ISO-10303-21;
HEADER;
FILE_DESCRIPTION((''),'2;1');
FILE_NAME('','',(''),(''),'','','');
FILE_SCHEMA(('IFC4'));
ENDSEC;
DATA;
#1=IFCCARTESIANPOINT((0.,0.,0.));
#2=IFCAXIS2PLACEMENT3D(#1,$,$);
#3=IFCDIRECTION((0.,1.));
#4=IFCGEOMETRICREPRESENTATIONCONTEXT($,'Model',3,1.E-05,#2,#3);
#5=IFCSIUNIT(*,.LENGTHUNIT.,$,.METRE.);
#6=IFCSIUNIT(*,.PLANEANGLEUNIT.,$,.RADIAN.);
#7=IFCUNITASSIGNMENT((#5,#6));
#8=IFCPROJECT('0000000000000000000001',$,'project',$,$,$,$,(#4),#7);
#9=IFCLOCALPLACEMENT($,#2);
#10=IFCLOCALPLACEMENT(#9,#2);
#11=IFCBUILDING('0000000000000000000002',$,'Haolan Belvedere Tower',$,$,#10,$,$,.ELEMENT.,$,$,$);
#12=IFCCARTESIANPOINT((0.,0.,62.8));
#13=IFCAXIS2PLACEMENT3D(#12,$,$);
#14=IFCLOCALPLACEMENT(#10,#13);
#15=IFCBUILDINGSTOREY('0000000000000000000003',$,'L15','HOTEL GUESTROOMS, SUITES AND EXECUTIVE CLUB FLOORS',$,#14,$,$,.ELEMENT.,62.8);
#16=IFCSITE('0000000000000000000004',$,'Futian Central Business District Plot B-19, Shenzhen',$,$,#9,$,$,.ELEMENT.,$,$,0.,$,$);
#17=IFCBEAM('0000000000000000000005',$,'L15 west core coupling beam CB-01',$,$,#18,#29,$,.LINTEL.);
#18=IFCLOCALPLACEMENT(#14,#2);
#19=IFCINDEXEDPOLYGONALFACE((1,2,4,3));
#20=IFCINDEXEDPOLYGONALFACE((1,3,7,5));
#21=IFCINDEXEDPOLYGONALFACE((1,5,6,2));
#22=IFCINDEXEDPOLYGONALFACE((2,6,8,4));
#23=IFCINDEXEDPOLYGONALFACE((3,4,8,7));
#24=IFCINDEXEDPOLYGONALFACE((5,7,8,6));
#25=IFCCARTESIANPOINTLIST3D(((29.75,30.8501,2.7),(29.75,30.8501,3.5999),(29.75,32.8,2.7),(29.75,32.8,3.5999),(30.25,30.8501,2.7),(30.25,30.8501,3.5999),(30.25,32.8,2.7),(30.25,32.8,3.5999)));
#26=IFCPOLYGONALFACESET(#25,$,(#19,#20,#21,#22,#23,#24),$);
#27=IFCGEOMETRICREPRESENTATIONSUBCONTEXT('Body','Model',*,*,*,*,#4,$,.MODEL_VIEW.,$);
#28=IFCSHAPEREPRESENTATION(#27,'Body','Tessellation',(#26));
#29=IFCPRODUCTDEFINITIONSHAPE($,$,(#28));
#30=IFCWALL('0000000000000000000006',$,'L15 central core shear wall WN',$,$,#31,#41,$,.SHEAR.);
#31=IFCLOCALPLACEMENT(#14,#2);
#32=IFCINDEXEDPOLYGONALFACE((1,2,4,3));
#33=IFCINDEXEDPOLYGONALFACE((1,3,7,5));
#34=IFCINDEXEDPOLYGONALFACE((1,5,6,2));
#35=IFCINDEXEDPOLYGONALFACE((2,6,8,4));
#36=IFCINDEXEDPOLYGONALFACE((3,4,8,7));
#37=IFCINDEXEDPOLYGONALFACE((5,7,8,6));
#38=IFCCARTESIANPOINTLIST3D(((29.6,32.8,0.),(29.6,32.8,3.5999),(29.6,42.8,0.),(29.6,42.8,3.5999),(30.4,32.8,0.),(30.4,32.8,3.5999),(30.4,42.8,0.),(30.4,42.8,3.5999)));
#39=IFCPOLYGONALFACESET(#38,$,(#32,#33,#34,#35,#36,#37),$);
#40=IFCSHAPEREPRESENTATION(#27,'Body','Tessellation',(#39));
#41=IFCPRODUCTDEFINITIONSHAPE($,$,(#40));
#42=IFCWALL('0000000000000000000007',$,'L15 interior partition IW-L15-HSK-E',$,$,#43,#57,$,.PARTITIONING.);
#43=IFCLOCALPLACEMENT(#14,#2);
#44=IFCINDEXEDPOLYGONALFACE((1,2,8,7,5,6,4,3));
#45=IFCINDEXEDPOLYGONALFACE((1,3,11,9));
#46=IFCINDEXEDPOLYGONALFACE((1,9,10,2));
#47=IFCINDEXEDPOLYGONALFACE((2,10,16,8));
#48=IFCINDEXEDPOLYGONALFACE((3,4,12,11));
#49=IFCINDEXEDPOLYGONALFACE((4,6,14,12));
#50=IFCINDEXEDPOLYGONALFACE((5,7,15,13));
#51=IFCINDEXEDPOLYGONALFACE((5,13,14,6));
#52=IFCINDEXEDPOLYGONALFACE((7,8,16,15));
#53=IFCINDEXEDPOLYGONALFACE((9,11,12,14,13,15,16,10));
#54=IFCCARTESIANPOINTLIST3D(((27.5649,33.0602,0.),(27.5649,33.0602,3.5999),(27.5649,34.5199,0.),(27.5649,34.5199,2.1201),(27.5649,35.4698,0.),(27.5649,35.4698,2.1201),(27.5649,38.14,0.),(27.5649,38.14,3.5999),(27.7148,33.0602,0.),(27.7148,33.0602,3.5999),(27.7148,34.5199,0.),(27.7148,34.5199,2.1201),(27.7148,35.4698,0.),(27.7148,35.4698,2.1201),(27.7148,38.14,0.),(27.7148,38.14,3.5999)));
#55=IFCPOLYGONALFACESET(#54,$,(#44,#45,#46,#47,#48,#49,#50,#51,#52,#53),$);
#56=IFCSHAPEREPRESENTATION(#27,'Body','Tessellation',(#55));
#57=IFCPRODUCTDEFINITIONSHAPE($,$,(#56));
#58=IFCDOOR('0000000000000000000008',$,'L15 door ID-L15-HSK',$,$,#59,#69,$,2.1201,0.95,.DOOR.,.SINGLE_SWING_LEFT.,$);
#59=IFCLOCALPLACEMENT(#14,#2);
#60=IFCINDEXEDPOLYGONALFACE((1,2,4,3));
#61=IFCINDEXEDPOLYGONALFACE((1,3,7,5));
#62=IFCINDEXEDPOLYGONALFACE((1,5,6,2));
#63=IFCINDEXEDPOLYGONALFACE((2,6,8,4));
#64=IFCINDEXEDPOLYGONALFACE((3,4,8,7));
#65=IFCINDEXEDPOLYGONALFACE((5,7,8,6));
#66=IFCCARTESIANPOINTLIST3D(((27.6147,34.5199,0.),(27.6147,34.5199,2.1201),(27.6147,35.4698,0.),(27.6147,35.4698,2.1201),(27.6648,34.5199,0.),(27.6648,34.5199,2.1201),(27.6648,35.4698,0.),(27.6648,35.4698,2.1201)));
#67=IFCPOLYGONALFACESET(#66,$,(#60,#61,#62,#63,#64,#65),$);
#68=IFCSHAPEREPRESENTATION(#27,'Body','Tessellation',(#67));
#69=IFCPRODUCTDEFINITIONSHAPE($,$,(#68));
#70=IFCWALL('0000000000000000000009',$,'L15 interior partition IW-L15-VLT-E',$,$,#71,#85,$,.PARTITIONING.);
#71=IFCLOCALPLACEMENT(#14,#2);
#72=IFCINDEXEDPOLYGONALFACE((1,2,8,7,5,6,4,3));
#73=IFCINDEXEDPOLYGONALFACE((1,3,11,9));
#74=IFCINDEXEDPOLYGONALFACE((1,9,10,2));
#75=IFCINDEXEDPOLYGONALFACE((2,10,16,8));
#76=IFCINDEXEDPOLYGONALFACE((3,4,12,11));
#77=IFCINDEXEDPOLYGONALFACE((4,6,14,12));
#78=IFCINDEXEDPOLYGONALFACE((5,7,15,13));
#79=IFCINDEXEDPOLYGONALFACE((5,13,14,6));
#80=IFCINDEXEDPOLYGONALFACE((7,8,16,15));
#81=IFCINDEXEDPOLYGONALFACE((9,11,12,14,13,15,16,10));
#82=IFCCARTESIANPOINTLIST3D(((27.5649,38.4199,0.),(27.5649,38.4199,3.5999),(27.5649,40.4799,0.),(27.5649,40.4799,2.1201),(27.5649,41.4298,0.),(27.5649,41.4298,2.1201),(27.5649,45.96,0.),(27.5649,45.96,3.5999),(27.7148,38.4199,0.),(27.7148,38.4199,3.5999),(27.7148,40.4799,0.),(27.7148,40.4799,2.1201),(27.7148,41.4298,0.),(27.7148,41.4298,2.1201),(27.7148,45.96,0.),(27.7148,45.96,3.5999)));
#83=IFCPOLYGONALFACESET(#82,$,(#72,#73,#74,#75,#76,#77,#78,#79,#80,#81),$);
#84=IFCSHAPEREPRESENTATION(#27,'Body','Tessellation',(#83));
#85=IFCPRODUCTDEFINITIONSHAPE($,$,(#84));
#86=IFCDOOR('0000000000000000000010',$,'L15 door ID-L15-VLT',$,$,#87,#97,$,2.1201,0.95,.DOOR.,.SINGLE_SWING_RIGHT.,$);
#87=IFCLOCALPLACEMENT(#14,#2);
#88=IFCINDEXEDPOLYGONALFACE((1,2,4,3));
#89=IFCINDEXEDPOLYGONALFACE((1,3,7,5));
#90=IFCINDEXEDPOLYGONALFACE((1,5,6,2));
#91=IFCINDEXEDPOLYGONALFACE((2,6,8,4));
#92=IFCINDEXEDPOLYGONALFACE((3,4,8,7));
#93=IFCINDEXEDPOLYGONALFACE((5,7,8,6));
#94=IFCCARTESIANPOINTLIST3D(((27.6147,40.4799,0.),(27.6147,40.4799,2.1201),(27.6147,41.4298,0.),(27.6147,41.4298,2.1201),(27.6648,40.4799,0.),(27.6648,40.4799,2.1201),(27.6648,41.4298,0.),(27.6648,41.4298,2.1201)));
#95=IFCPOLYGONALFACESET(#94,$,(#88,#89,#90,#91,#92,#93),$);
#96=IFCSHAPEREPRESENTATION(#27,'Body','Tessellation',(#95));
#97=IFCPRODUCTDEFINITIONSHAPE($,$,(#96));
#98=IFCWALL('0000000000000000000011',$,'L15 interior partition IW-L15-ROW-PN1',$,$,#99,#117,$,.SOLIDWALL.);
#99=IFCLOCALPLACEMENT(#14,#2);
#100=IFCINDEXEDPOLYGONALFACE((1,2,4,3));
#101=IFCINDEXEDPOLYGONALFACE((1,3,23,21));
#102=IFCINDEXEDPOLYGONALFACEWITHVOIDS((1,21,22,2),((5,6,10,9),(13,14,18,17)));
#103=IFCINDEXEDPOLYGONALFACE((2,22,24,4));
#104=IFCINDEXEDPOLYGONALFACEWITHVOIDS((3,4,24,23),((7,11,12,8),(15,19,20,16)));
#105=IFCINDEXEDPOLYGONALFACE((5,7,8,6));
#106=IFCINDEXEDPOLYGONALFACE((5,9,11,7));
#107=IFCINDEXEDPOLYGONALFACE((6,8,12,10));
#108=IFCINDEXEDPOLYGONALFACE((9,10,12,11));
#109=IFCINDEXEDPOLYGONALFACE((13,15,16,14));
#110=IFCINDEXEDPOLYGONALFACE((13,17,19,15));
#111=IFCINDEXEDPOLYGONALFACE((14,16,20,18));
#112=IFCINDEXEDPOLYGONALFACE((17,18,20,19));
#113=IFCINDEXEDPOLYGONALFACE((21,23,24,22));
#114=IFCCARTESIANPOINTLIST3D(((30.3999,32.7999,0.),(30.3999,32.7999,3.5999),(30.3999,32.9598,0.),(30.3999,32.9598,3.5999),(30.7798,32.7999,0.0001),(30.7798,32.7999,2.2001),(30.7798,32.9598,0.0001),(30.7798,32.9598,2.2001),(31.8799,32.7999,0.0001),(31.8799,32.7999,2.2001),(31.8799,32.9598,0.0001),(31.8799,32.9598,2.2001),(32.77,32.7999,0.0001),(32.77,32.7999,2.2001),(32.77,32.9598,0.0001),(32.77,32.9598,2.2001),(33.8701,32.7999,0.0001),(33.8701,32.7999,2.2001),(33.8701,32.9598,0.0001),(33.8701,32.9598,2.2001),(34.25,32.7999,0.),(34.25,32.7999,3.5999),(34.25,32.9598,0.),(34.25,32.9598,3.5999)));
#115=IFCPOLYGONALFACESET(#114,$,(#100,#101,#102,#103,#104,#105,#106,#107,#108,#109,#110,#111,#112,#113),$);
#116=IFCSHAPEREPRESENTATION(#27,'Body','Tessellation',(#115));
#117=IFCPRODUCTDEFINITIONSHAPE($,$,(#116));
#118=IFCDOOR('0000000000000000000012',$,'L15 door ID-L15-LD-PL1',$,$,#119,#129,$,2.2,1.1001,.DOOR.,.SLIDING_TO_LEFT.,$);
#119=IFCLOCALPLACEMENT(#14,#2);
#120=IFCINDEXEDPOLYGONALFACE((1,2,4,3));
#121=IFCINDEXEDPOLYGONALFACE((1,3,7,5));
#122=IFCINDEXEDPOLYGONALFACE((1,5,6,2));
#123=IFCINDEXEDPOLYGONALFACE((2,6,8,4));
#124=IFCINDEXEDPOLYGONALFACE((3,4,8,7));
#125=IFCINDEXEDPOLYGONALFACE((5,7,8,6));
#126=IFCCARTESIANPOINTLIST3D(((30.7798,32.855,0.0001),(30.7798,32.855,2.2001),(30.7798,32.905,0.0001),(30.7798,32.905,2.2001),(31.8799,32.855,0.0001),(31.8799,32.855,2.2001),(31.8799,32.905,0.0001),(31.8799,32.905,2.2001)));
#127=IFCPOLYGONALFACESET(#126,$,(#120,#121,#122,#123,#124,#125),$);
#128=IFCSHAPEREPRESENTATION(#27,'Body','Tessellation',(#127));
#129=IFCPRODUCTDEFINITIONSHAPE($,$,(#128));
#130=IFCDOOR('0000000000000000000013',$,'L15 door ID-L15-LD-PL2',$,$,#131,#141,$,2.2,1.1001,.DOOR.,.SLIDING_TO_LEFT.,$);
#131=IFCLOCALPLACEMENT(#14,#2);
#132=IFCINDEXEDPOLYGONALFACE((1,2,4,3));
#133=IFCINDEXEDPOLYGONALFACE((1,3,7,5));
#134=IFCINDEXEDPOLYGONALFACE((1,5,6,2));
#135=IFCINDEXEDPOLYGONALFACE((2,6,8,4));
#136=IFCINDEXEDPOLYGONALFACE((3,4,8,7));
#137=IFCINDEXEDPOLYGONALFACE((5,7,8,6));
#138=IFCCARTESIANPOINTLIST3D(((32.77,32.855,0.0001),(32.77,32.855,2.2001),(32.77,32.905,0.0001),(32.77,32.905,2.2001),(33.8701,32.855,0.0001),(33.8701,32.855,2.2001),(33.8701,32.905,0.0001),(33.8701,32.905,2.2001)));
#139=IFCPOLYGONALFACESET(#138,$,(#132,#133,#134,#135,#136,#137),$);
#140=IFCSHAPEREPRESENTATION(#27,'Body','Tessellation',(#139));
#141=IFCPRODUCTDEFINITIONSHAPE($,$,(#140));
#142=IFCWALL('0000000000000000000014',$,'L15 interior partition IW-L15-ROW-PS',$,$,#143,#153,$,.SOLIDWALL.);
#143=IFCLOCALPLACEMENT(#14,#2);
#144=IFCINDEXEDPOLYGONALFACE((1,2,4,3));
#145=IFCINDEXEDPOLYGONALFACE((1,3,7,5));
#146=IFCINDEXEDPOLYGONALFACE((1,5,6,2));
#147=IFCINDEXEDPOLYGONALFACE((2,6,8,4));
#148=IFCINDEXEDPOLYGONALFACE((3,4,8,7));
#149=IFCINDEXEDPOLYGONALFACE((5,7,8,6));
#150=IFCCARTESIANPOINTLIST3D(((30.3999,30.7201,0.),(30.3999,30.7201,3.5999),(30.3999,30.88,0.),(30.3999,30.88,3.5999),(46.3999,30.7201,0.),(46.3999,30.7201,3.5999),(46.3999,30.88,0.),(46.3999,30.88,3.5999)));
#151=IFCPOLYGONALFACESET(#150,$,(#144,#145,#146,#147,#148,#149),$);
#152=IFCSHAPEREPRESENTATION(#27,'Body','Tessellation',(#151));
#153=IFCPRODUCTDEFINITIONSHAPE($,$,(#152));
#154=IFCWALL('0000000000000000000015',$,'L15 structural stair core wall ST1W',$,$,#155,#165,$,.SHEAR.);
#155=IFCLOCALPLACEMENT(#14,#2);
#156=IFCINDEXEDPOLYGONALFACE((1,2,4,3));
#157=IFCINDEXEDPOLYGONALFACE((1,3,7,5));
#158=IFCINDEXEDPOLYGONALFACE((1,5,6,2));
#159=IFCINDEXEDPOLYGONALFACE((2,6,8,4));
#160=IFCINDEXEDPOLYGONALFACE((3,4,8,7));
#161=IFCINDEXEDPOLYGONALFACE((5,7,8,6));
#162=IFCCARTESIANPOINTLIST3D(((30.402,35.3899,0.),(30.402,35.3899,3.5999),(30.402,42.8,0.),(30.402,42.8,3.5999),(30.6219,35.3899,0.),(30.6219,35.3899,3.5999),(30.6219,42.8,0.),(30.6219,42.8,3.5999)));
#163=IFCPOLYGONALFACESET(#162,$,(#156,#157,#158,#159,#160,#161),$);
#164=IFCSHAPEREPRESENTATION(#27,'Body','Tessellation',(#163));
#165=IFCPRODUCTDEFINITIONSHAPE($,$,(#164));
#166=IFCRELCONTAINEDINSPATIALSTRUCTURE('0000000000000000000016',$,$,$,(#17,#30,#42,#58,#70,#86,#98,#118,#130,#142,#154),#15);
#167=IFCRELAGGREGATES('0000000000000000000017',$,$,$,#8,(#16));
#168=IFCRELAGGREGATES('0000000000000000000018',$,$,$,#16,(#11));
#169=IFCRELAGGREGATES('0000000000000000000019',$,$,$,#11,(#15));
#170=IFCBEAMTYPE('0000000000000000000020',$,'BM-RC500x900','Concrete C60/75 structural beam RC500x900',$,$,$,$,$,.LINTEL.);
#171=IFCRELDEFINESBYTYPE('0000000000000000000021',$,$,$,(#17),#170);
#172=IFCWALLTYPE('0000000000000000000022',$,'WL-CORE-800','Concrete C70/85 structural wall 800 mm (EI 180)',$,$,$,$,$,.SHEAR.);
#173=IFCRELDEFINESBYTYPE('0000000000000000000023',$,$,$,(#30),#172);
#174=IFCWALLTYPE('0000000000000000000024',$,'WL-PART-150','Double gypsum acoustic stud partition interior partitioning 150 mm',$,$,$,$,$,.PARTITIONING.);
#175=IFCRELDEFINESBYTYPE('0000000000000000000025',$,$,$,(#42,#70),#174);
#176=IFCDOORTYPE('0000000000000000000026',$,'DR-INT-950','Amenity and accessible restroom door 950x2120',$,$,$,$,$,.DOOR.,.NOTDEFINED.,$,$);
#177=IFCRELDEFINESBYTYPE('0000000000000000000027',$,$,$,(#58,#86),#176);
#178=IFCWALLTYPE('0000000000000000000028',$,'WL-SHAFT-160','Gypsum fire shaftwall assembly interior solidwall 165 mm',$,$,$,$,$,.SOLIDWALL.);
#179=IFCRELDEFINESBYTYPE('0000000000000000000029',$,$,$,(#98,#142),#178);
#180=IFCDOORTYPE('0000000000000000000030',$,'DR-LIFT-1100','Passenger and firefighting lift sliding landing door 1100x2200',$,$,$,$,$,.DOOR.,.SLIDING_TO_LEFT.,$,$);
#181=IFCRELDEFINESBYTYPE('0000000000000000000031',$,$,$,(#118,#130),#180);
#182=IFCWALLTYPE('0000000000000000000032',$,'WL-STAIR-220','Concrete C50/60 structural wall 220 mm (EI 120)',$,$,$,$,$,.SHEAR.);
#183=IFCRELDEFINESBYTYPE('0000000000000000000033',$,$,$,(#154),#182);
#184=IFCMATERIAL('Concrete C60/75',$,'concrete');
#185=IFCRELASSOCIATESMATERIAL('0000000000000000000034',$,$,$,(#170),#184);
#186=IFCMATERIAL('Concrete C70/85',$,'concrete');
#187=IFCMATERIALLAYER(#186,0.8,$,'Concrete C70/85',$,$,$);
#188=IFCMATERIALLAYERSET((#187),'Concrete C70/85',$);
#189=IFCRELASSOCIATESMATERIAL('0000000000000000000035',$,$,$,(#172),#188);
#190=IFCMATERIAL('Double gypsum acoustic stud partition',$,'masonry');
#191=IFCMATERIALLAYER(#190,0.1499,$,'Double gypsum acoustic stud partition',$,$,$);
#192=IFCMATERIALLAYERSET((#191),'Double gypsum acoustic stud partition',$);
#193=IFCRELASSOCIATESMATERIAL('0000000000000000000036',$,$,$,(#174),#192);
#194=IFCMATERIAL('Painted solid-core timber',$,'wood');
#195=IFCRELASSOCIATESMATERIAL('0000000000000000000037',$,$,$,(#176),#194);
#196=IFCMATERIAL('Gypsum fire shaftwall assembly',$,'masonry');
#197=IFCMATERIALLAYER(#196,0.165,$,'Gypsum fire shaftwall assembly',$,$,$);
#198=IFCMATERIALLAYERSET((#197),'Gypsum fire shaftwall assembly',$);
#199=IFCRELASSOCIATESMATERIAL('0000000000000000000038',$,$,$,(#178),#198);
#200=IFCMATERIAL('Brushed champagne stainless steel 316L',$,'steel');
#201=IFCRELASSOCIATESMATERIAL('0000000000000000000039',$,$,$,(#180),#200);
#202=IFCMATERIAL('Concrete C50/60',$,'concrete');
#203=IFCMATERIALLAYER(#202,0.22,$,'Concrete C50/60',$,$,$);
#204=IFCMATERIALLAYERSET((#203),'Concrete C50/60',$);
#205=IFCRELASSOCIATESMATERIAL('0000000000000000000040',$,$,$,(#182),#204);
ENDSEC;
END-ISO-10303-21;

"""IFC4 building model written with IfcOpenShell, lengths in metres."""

from ifc_helpers import new_model, si_unit, direction, frame, frame_2d, origin, origin_2d, place, context, subcontext, project, spatial, rectangle, extrude, material, layer, layer_set, material_profile, profile_set, type_object, element, fill, save


model = new_model("IFC4")

# Units and contexts
model_context = context("Model", 3, precision=1e-05, world=origin(), true_north=direction((0.0, 1.0)))
body_context = subcontext(model_context, "Body", "Model", "MODEL_VIEW")
ifc_project = project(units=[si_unit("LENGTHUNIT", "METRE"), si_unit("PLANEANGLEUNIT", "RADIAN")], contexts=[model_context])

# Site, building, storey
site_placement = place(None, origin())
site = spatial("IfcSite", under=ifc_project, at=site_placement, Name="Futian Central Business District Plot B-19, Shenzhen", CompositionType="ELEMENT", RefElevation=0.0)
building_placement = place(site_placement, origin())
building = spatial("IfcBuilding", under=site, at=building_placement, Name="Haolan Belvedere Tower", CompositionType="ELEMENT")
storey_placement = place(building_placement, frame((0.0, 0.0, 62.8)))
storey = spatial("IfcBuildingStorey", under=building, at=storey_placement, Name="L15", Description="HOTEL GUESTROOMS, SUITES AND EXECUTIVE CLUB FLOORS", CompositionType="ELEMENT", Elevation=62.8)

# Beam
ifc_material_1 = material(Name="Concrete C60/75", Category="concrete")
ifc_material_profile = material_profile(ifc_material_1, rectangle(XDim=0.5, YDim=0.8999, at=origin_2d()), Name="Concrete C60/75")
ifc_profile_set = profile_set([ifc_material_profile], Name="Concrete C60/75")
beam_type = type_object("IfcBeamType", Name="BM-RC500x900", Description="Concrete C60/75 structural beam RC500x900", PredefinedType="LINTEL", material=ifc_profile_set)
beam_placement = place(storey_placement, frame((30.0, 30.8501, 3.1499), z_axis=(0.0, 1.0, 0.0), x_axis=(-1.0, 0.0, 0.0)))
element("IfcBeam", 1, at=beam_placement, inside=storey, type_object=beam_type, Name="L15 west core coupling beam CB-01", PredefinedType="LINTEL", context=body_context, shape_type="SweptSolid", body=[
    extrude(rectangle(XDim=0.5, YDim=0.8999, at=origin_2d()), origin(), (0.0, 0.0, 1.0), 1.95),
])

# Wall
ifc_material_2 = material(Name="Concrete C70/85", Category="concrete")
ifc_layer_1 = layer(ifc_material_2, 0.8, Name="Concrete C70/85")
ifc_layer_set_1 = layer_set([ifc_layer_1], Name="Concrete C70/85")
wall_type_1 = type_object("IfcWallType", Name="WL-CORE-800", Description="Concrete C70/85 structural wall 800 mm (EI 180)", PredefinedType="SHEAR", material=ifc_layer_set_1)
wall_1_placement = place(storey_placement, frame((30.0, 32.8, 0.0), z_axis=(0.0, 0.0, 1.0), x_axis=(0.0, 1.0, 0.0)))
element("IfcWall", 2, at=wall_1_placement, inside=storey, type_object=wall_type_1, Name="L15 central core shear wall WN", PredefinedType="SHEAR", context=body_context, shape_type="SweptSolid", body=[
    extrude(rectangle(XDim=10.0, YDim=0.8, at=frame_2d((5.0, 0.0))), origin(), (0.0, 0.0, 1.0), 3.5999),
])

# Walls, openings, doors
ifc_material_3 = material(Name="Double gypsum acoustic stud partition", Category="masonry")
ifc_layer_2 = layer(ifc_material_3, 0.1499, Name="Double gypsum acoustic stud partition")
ifc_layer_set_2 = layer_set([ifc_layer_2], Name="Double gypsum acoustic stud partition")
wall_type_2 = type_object("IfcWallType", Name="WL-PART-150", Description="Double gypsum acoustic stud partition interior partitioning 150 mm", PredefinedType="PARTITIONING", material=ifc_layer_set_2)
wall_2_placement = place(storey_placement, frame((27.6399, 33.0601, 0.0), z_axis=(0.0, 0.0, 1.0), x_axis=(0.0, 1.0, 0.0)))
wall_2 = element("IfcWall", 3, at=wall_2_placement, inside=storey, type_object=wall_type_2, Name="L15 interior partition IW-L15-HSK-E", PredefinedType="PARTITIONING", context=body_context, shape_type="SweptSolid", body=[
    extrude(rectangle(XDim=5.0798, YDim=0.1499, at=frame_2d((2.54, 0.0))), origin(), (0.0, 0.0, 1.0), 3.5999),
])
opening_1_placement = place(wall_2_placement, frame((2.4099, 0.0, 0.0), z_axis=(0.0, 0.0, 1.0), x_axis=(-1.0, 0.0, 0.0)))
opening_1 = element("IfcOpeningElement", 4, at=opening_1_placement, cuts=wall_2, PredefinedType="OPENING", context=body_context, shape_type="SweptSolid", body=[
    extrude(rectangle(XDim=0.95, YDim=2.1201, at=frame_2d((0.4751, 1.0601))), frame((0.0, 0.085, 0.0), z_axis=(0.0, -1.0, 0.0), x_axis=(1.0, 0.0, 0.0)), (0.0, 0.0, 1.0), 0.1699),
])
ifc_material_4 = material(Name="Painted solid-core timber", Category="wood")
door_type_1 = type_object("IfcDoorType", Name="DR-INT-950", Description="Amenity and accessible restroom door 950x2120", OperationType="NOTDEFINED", PredefinedType="DOOR", material=ifc_material_4)
door_1_placement = place(opening_1_placement, origin())
door_1 = element("IfcDoor", 5, at=door_1_placement, inside=storey, type_object=door_type_1, Name="L15 door ID-L15-HSK", OperationType="SINGLE_SWING_LEFT", OverallHeight=2.1201, OverallWidth=0.95, PredefinedType="DOOR", context=body_context, shape_type="SweptSolid", body=[
    extrude(rectangle(XDim=0.95, YDim=2.1201, at=frame_2d((0.4751, 1.0601))), frame((0.0, 0.0249, 0.0), z_axis=(0.0, -1.0, 0.0), x_axis=(1.0, 0.0, 0.0)), (0.0, 0.0, 1.0), 0.05),
])
fill(opening_1, door_1)
wall_3_placement = place(storey_placement, frame((27.6399, 38.4199, 0.0), z_axis=(0.0, 0.0, 1.0), x_axis=(0.0, 1.0, 0.0)))
wall_3 = element("IfcWall", 6, at=wall_3_placement, inside=storey, type_object=wall_type_2, Name="L15 interior partition IW-L15-VLT-E", PredefinedType="PARTITIONING", context=body_context, shape_type="SweptSolid", body=[
    extrude(rectangle(XDim=7.54, YDim=0.1499, at=frame_2d((3.77, 0.0))), origin(), (0.0, 0.0, 1.0), 3.5999),
])
opening_2_placement = place(wall_3_placement, frame((3.01, 0.0, 0.0), z_axis=(0.0, 0.0, 1.0), x_axis=(-1.0, 0.0, 0.0)))
opening_2 = element("IfcOpeningElement", 7, at=opening_2_placement, cuts=wall_3, PredefinedType="OPENING", context=body_context, shape_type="SweptSolid", body=[
    extrude(rectangle(XDim=0.95, YDim=2.1201, at=frame_2d((0.4751, 1.0601))), frame((0.0, 0.085, 0.0), z_axis=(0.0, -1.0, 0.0), x_axis=(1.0, 0.0, 0.0)), (0.0, 0.0, 1.0), 0.1699),
])
door_2_placement = place(opening_2_placement, origin())
door_2 = element("IfcDoor", 8, at=door_2_placement, inside=storey, type_object=door_type_1, Name="L15 door ID-L15-VLT", OperationType="SINGLE_SWING_RIGHT", OverallHeight=2.1201, OverallWidth=0.95, PredefinedType="DOOR", context=body_context, shape_type="SweptSolid", body=[
    extrude(rectangle(XDim=0.95, YDim=2.1201, at=frame_2d((0.4751, 1.0601))), frame((0.0, 0.0249, 0.0), z_axis=(0.0, -1.0, 0.0), x_axis=(1.0, 0.0, 0.0)), (0.0, 0.0, 1.0), 0.05),
])
fill(opening_2, door_2)

# Wall, openings, doors
ifc_material_5 = material(Name="Gypsum fire shaftwall assembly", Category="masonry")
ifc_layer_3 = layer(ifc_material_5, 0.165, Name="Gypsum fire shaftwall assembly")
ifc_layer_set_3 = layer_set([ifc_layer_3], Name="Gypsum fire shaftwall assembly")
wall_type_3 = type_object("IfcWallType", Name="WL-SHAFT-160", Description="Gypsum fire shaftwall assembly interior solidwall 165 mm", PredefinedType="SOLIDWALL", material=ifc_layer_set_3)
wall_4_placement = place(storey_placement, frame((30.3999, 32.8799, 0.0), z_axis=(0.0, 0.0, 1.0), x_axis=(1.0, 0.0, 0.0)))
wall_4 = element("IfcWall", 9, at=wall_4_placement, inside=storey, type_object=wall_type_3, Name="L15 interior partition IW-L15-ROW-PN1", PredefinedType="SOLIDWALL", context=body_context, shape_type="SweptSolid", body=[
    extrude(rectangle(XDim=3.8501, YDim=0.1599, at=frame_2d((1.925, 0.0))), origin(), (0.0, 0.0, 1.0), 3.5999),
])
opening_3_placement = place(wall_4_placement, frame((1.48, 0.0, 0.0), z_axis=(0.0, 0.0, 1.0), x_axis=(-1.0, 0.0, 0.0)))
opening_3 = element("IfcOpeningElement", 10, at=opening_3_placement, cuts=wall_4, PredefinedType="OPENING", context=body_context, shape_type="SweptSolid", body=[
    extrude(rectangle(XDim=1.1001, YDim=2.2, at=frame_2d((0.55, 1.1001))), frame((0.0, 0.0898, 0.0), z_axis=(0.0, -1.0, 0.0), x_axis=(1.0, 0.0, 0.0)), (0.0, 0.0, 1.0), 0.1799),
])
opening_4_placement = place(wall_4_placement, frame((3.4702, 0.0, 0.0), z_axis=(0.0, 0.0, 1.0), x_axis=(-1.0, 0.0, 0.0)))
opening_4 = element("IfcOpeningElement", 11, at=opening_4_placement, cuts=wall_4, PredefinedType="OPENING", context=body_context, shape_type="SweptSolid", body=[
    extrude(rectangle(XDim=1.1001, YDim=2.2, at=frame_2d((0.55, 1.1001))), frame((0.0, 0.0898, 0.0), z_axis=(0.0, -1.0, 0.0), x_axis=(1.0, 0.0, 0.0)), (0.0, 0.0, 1.0), 0.1799),
])
ifc_material_6 = material(Name="Brushed champagne stainless steel 316L", Category="steel")
door_type_2 = type_object("IfcDoorType", Name="DR-LIFT-1100", Description="Passenger and firefighting lift sliding landing door 1100x2200", OperationType="SLIDING_TO_LEFT", PredefinedType="DOOR", material=ifc_material_6)
door_3_placement = place(opening_3_placement, origin())
door_3 = element("IfcDoor", 12, at=door_3_placement, inside=storey, type_object=door_type_2, Name="L15 door ID-L15-LD-PL1", OperationType="SLIDING_TO_LEFT", OverallHeight=2.2, OverallWidth=1.1001, PredefinedType="DOOR", context=body_context, shape_type="SweptSolid", body=[
    extrude(rectangle(XDim=1.1001, YDim=2.2, at=frame_2d((0.55, 1.1001))), frame((0.0, 0.0249, 0.0), z_axis=(0.0, -1.0, 0.0), x_axis=(1.0, 0.0, 0.0)), (0.0, 0.0, 1.0), 0.05),
])
fill(opening_3, door_3)
door_4_placement = place(opening_4_placement, origin())
door_4 = element("IfcDoor", 13, at=door_4_placement, inside=storey, type_object=door_type_2, Name="L15 door ID-L15-LD-PL2", OperationType="SLIDING_TO_LEFT", OverallHeight=2.2, OverallWidth=1.1001, PredefinedType="DOOR", context=body_context, shape_type="SweptSolid", body=[
    extrude(rectangle(XDim=1.1001, YDim=2.2, at=frame_2d((0.55, 1.1001))), frame((0.0, 0.0249, 0.0), z_axis=(0.0, -1.0, 0.0), x_axis=(1.0, 0.0, 0.0)), (0.0, 0.0, 1.0), 0.05),
])
fill(opening_4, door_4)

# Walls
wall_5_placement = place(storey_placement, frame((30.3999, 30.8, 0.0), z_axis=(0.0, 0.0, 1.0), x_axis=(1.0, 0.0, 0.0)))
element("IfcWall", 14, at=wall_5_placement, inside=storey, type_object=wall_type_3, Name="L15 interior partition IW-L15-ROW-PS", PredefinedType="SOLIDWALL", context=body_context, shape_type="SweptSolid", body=[
    extrude(rectangle(XDim=16.0, YDim=0.1599, at=frame_2d((8.0, 0.0))), origin(), (0.0, 0.0, 1.0), 3.5999),
])
ifc_material_7 = material(Name="Concrete C50/60", Category="concrete")
ifc_layer_4 = layer(ifc_material_7, 0.22, Name="Concrete C50/60")
ifc_layer_set_4 = layer_set([ifc_layer_4], Name="Concrete C50/60")
wall_type_4 = type_object("IfcWallType", Name="WL-STAIR-220", Description="Concrete C50/60 structural wall 220 mm (EI 120)", PredefinedType="SHEAR", material=ifc_layer_set_4)
wall_6_placement = place(storey_placement, frame((30.512, 35.3899, 0.0), z_axis=(0.0, 0.0, 1.0), x_axis=(0.0, 1.0, 0.0)))
element("IfcWall", 15, at=wall_6_placement, inside=storey, type_object=wall_type_4, Name="L15 structural stair core wall ST1W", PredefinedType="SHEAR", context=body_context, shape_type="SweptSolid", body=[
    extrude(rectangle(XDim=7.4102, YDim=0.22, at=frame_2d((3.7051, 0.0))), origin(), (0.0, 0.0, 1.0), 3.5999),
])

save(model, "model.ifc")
